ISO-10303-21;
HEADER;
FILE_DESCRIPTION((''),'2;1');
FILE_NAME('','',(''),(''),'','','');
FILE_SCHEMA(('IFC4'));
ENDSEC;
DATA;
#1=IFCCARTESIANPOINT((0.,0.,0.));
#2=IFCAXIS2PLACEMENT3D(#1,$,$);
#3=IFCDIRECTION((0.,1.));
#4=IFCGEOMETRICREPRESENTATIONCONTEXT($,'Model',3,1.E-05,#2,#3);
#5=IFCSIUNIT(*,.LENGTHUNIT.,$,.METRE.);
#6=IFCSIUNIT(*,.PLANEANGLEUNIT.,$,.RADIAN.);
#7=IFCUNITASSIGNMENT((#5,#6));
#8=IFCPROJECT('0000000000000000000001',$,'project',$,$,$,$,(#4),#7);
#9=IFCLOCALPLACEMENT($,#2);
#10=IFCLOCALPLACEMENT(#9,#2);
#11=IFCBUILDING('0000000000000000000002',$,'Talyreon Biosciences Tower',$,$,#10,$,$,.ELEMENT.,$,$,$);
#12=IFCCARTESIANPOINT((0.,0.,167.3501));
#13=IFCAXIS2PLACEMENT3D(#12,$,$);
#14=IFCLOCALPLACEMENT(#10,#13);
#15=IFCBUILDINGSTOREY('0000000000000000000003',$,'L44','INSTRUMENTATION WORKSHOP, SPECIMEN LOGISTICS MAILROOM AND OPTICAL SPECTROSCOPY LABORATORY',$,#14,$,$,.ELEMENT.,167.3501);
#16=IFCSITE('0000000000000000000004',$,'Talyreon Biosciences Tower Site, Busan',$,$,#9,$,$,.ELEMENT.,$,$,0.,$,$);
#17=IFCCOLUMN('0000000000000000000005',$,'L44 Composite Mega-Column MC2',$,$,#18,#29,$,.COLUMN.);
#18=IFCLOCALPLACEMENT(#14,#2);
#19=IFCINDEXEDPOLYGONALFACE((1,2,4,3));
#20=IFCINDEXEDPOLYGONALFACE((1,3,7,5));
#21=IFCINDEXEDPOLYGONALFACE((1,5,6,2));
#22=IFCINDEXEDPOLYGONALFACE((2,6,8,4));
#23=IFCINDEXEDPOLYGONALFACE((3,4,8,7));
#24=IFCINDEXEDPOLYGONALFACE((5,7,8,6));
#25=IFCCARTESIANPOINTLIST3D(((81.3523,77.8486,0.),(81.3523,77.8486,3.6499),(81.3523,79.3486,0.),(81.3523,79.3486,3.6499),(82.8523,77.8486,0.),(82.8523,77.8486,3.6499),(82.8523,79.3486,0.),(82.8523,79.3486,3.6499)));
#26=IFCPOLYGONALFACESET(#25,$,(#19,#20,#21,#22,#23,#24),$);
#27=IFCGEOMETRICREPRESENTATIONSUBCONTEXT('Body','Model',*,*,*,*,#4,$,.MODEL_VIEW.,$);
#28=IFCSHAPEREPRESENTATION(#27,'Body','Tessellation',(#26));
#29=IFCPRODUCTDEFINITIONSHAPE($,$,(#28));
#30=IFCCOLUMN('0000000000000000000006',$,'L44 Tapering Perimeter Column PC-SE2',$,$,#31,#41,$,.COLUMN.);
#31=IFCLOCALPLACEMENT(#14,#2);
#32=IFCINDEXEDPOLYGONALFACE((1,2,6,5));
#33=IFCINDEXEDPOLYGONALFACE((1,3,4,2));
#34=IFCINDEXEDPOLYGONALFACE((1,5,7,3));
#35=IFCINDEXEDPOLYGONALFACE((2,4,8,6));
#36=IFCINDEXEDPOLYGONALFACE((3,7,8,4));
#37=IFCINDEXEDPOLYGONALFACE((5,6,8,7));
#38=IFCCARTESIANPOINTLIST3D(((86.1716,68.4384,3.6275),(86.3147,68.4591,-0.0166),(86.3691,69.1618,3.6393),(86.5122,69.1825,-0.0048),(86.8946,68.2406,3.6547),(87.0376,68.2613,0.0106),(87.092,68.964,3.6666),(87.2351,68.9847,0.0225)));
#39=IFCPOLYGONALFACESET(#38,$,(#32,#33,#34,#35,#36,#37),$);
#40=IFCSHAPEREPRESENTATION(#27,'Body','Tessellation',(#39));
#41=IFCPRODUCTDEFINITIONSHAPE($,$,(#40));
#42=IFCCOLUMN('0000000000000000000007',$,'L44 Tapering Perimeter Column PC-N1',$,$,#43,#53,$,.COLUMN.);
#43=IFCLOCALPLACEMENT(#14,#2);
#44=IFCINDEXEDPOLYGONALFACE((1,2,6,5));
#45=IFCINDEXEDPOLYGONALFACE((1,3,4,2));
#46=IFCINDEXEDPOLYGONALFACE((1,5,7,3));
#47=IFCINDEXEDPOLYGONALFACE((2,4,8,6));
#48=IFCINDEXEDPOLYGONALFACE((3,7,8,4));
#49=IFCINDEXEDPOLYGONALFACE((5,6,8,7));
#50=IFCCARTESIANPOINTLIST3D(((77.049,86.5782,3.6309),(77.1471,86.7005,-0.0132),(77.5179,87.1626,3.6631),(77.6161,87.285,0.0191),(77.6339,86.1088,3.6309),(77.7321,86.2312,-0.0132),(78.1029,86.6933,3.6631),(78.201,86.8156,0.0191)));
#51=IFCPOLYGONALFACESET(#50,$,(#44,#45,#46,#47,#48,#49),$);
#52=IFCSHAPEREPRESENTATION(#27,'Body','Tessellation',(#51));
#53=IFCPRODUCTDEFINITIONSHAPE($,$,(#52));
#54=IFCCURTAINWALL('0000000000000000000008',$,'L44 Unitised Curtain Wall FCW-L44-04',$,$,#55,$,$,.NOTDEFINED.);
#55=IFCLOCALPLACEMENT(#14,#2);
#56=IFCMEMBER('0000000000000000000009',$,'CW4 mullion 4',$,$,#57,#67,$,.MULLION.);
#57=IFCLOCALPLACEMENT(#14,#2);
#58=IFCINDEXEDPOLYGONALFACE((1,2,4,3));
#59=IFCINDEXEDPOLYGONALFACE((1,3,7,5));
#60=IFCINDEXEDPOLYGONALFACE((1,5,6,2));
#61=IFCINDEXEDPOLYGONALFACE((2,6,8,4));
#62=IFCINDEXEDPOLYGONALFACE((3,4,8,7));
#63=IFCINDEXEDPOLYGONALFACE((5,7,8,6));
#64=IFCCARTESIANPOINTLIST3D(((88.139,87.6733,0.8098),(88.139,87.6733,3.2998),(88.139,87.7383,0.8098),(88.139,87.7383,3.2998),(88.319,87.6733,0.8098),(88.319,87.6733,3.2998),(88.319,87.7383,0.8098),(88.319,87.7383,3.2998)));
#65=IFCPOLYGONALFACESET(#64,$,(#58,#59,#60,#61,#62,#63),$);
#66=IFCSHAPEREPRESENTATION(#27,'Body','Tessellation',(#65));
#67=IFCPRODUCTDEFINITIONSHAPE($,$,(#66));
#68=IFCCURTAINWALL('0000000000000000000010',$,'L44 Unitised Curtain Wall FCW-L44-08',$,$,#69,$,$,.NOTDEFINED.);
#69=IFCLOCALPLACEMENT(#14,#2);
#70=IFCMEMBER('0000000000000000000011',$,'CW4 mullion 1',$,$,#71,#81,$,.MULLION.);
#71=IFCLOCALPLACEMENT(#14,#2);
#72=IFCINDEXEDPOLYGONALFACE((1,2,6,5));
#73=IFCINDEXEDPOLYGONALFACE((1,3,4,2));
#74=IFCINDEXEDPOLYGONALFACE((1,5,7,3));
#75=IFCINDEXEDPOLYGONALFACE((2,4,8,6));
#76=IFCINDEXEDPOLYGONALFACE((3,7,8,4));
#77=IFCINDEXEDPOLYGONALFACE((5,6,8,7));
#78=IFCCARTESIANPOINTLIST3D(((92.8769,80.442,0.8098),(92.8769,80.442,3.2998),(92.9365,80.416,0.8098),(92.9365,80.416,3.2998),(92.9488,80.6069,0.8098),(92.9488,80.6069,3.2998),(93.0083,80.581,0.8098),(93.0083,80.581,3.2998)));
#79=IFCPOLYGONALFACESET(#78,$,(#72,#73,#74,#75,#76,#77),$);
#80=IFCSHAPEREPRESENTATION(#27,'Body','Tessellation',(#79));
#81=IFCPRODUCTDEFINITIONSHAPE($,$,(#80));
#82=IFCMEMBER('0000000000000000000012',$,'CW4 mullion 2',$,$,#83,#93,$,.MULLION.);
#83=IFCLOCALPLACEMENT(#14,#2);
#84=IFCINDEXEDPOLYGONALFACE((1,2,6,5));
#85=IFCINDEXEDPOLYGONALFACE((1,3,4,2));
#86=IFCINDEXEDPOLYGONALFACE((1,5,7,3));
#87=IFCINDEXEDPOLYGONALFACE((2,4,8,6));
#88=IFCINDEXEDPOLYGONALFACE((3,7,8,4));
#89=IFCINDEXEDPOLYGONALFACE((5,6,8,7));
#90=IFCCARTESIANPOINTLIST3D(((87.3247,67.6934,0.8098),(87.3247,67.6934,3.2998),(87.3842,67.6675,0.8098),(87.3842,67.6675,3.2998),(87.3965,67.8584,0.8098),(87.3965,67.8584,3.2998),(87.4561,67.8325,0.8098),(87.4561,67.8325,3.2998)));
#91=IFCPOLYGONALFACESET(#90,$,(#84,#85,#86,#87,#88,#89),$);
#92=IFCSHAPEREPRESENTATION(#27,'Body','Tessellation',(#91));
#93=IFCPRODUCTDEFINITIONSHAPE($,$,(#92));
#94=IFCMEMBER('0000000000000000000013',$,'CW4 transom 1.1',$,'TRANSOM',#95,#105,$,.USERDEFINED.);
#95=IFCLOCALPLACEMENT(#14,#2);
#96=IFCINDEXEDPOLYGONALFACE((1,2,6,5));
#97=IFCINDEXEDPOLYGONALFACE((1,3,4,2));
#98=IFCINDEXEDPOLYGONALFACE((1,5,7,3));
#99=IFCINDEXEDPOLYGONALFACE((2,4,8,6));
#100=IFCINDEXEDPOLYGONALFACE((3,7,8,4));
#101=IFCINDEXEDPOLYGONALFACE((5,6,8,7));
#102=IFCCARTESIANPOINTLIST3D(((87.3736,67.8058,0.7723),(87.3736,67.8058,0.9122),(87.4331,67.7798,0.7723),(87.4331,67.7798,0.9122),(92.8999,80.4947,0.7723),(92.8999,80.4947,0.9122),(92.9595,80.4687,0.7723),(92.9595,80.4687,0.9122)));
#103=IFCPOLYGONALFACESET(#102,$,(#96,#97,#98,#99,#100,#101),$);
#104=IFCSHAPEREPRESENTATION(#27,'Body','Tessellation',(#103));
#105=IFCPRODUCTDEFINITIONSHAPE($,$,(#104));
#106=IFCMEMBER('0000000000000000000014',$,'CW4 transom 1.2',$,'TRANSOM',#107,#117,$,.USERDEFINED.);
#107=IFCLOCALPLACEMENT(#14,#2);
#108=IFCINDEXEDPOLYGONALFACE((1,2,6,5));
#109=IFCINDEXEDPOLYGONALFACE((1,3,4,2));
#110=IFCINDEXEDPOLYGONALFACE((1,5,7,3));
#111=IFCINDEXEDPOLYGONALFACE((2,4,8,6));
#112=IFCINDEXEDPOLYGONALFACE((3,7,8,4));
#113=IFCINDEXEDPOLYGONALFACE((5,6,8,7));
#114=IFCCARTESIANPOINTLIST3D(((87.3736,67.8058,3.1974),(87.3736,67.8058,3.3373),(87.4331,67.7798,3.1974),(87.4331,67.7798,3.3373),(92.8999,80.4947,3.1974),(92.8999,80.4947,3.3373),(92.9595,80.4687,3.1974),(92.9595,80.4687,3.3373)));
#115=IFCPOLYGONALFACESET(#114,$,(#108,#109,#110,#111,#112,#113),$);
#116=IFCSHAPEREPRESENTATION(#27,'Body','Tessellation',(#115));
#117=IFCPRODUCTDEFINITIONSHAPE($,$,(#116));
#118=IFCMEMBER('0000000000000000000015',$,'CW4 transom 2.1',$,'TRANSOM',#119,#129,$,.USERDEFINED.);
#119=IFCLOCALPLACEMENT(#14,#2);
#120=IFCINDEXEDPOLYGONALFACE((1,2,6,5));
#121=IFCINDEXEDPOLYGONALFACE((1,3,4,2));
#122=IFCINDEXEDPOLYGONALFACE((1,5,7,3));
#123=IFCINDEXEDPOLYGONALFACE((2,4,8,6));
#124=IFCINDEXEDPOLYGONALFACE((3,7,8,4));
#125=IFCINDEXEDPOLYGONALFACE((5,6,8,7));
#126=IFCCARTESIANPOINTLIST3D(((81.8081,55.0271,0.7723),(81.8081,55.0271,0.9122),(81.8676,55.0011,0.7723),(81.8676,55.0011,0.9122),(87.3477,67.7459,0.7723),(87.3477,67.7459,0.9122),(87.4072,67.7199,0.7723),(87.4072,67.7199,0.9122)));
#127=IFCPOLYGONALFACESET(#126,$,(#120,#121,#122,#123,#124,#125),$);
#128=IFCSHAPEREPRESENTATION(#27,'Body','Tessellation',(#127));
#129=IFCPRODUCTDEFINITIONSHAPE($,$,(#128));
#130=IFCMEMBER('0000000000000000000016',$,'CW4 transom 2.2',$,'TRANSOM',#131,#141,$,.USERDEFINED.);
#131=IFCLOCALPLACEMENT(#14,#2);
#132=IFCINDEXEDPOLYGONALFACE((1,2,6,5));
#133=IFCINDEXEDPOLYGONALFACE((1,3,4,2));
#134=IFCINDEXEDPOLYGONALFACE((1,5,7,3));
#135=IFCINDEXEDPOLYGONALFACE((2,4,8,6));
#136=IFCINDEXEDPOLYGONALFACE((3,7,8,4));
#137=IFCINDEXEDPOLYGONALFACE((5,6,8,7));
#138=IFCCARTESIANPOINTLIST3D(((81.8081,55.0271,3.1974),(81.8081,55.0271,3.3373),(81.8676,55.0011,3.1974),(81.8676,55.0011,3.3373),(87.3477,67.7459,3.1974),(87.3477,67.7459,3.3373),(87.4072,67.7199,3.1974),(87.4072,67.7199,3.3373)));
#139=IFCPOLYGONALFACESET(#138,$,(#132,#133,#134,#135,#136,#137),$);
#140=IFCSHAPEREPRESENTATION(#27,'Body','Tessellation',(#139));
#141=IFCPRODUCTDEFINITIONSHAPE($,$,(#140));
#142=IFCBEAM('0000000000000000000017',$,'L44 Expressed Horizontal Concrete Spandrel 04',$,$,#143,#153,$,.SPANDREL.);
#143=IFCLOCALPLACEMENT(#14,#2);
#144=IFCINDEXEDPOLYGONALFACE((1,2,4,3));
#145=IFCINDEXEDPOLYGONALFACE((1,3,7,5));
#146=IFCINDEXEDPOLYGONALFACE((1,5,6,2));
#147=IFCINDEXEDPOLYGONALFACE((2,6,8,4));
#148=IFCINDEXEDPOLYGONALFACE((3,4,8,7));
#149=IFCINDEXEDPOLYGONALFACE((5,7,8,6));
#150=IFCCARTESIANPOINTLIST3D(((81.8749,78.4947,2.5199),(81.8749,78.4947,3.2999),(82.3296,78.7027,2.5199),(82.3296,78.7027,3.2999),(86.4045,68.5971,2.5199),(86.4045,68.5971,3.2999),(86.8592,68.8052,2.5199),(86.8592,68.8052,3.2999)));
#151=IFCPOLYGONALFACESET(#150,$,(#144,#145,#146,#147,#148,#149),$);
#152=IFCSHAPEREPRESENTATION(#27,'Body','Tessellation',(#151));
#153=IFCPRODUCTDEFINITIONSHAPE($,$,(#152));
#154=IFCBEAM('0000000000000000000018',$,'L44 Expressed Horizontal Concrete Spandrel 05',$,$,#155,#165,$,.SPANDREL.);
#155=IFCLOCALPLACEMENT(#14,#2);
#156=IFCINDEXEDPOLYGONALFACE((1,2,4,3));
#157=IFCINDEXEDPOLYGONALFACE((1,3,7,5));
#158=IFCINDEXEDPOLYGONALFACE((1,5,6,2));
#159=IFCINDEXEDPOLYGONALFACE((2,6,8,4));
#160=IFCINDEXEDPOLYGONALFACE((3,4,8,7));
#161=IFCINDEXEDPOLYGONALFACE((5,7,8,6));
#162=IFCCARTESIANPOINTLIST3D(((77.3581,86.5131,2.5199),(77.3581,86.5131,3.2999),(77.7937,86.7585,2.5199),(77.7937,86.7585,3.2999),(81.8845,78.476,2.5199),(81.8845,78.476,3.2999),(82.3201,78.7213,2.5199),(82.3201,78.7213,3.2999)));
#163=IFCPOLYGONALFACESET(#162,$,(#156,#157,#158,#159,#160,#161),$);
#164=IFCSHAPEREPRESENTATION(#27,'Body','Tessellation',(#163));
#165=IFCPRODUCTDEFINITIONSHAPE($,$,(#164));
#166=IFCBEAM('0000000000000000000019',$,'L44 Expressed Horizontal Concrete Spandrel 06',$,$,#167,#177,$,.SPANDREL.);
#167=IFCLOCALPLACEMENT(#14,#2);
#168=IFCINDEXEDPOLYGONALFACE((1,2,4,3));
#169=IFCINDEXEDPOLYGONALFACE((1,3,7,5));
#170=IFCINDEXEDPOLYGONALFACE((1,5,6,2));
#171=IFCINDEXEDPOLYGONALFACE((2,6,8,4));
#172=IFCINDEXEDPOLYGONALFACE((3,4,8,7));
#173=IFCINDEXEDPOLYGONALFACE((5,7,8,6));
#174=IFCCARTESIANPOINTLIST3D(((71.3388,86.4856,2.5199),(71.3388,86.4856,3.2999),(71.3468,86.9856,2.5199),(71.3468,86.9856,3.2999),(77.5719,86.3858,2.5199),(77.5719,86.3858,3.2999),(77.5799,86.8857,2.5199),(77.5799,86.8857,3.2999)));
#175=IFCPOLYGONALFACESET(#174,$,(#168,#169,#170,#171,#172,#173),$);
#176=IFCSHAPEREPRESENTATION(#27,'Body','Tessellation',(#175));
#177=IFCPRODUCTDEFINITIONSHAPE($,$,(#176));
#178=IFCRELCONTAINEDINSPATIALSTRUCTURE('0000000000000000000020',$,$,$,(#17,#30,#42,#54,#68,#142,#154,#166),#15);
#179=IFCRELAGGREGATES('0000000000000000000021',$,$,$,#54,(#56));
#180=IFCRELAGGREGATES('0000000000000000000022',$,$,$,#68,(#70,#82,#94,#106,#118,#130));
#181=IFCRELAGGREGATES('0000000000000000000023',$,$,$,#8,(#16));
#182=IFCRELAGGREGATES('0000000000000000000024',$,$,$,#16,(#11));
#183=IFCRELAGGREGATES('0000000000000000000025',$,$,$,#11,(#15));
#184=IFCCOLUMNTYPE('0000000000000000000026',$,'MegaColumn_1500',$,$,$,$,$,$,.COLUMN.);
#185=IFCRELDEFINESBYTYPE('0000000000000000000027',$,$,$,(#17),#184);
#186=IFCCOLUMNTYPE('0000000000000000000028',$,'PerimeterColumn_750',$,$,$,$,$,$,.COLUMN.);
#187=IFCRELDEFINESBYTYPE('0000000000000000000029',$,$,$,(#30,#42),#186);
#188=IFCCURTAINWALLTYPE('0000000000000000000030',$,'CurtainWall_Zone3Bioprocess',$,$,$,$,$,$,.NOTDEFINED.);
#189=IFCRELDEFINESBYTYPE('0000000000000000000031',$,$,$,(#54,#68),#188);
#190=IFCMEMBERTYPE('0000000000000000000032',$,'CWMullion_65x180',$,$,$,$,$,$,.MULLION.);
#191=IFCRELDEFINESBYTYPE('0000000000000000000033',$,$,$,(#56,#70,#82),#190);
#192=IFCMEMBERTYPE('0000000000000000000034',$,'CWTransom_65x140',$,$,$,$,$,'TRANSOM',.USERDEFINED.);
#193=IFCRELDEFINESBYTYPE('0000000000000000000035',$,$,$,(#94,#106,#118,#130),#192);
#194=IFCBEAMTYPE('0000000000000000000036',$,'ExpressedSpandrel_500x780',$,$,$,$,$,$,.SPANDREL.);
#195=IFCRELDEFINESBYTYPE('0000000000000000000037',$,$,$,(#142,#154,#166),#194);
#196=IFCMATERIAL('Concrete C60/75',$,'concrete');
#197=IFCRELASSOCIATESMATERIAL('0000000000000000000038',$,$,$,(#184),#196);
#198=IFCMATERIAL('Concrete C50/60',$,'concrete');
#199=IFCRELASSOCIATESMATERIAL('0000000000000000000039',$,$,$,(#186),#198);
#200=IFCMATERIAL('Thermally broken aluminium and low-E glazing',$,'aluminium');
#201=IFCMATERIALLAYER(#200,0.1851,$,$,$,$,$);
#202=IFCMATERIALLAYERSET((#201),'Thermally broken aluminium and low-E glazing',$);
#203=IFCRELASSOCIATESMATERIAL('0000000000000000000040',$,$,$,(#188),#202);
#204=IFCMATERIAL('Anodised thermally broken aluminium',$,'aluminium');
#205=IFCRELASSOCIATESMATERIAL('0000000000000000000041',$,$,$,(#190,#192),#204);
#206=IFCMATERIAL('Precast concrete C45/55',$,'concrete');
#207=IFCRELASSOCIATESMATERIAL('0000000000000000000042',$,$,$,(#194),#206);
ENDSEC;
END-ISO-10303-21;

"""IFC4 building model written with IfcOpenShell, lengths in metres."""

from ifc_helpers import new_model, si_unit, direction, frame, origin, origin_2d, place, context, subcontext, project, spatial, rectangle, extrude, material, layer, layer_set, material_profile, profile_set, type_object, element, aggregate, save


model = new_model("IFC4")

# Units and contexts
model_context = context("Model", 3, precision=1e-05, world=origin(), true_north=direction((0.0, 1.0)))
body_context = subcontext(model_context, "Body", "Model", "MODEL_VIEW")
ifc_project = project(units=[si_unit("LENGTHUNIT", "METRE"), si_unit("PLANEANGLEUNIT", "RADIAN")], contexts=[model_context])

# Site, building, storey
site_placement = place(None, origin())
site = spatial("IfcSite", under=ifc_project, at=site_placement, Name="Talyreon Biosciences Tower Site, Busan", CompositionType="ELEMENT", RefElevation=0.0)
building_placement = place(site_placement, origin())
building = spatial("IfcBuilding", under=site, at=building_placement, Name="Talyreon Biosciences Tower", CompositionType="ELEMENT")
storey_placement = place(building_placement, frame((0.0, 0.0, 167.3501)))
storey = spatial("IfcBuildingStorey", under=building, at=storey_placement, Name="L44", Description="INSTRUMENTATION WORKSHOP, SPECIMEN LOGISTICS MAILROOM AND OPTICAL SPECTROSCOPY LABORATORY", CompositionType="ELEMENT", Elevation=167.3501)

# Columns
ifc_material_1 = material(Name="Concrete C60/75", Category="concrete")
ifc_material_profile_1 = material_profile(ifc_material_1, rectangle(XDim=1.5, YDim=1.5, at=origin_2d()), Name="RC 1500x1500")
ifc_profile_set_1 = profile_set([ifc_material_profile_1], Name="Concrete C60/75")
column_type_1 = type_object("IfcColumnType", Name="MegaColumn_1500", PredefinedType="COLUMN", material=ifc_profile_set_1)
column_1_placement = place(storey_placement, frame((82.1023, 78.5986, 0.0), z_axis=(0.0, 0.0, 1.0), x_axis=(1.0, 0.0, 0.0)))
element("IfcColumn", 1, at=column_1_placement, inside=storey, type_object=column_type_1, Name="L44 Composite Mega-Column MC2", PredefinedType="COLUMN", context=body_context, shape_type="SweptSolid", body=[
    extrude(rectangle(XDim=1.5, YDim=1.5, at=origin_2d()), origin(), (0.0, 0.0, 1.0), 3.6499),
])
ifc_material_2 = material(Name="Concrete C50/60", Category="concrete")
ifc_material_profile_2 = material_profile(ifc_material_2, rectangle(XDim=0.75, YDim=0.75, at=origin_2d()), Name="RC 750x750")
ifc_profile_set_2 = profile_set([ifc_material_profile_2], Name="Concrete C50/60")
column_type_2 = type_object("IfcColumnType", Name="PerimeterColumn_750", PredefinedType="COLUMN", material=ifc_profile_set_2)
column_2_placement = place(storey_placement, frame((86.7749, 68.7219, 0.0029), z_axis=(-0.039229, -0.00569, 0.999214), x_axis=(0.96391, -0.263736, 0.036342)))
element("IfcColumn", 2, at=column_2_placement, inside=storey, type_object=column_type_2, Name="L44 Tapering Perimeter Column PC-SE2", PredefinedType="COLUMN", context=body_context, shape_type="SweptSolid", body=[
    extrude(rectangle(XDim=0.75, YDim=0.75, at=origin_2d()), origin(), (0.0, 0.0, 1.0), 3.647),
])
column_3_placement = place(storey_placement, frame((77.6741, 86.7581, 0.0029), z_axis=(-0.026908, -0.033535, 0.999075), x_axis=(-0.779957, 0.625834, 0.0)))
element("IfcColumn", 3, at=column_3_placement, inside=storey, type_object=column_type_2, Name="L44 Tapering Perimeter Column PC-N1", PredefinedType="COLUMN", context=body_context, shape_type="SweptSolid", body=[
    extrude(rectangle(XDim=0.75, YDim=0.75, at=origin_2d()), origin(), (0.0, 0.0, 1.0), 3.6475),
])

# Curtain wall, member
ifc_material_3 = material(Name="Thermally broken aluminium and low-E glazing", Category="aluminium")
ifc_layer_1 = layer(ifc_material_3, 0.1851)
ifc_layer_set_1 = layer_set([ifc_layer_1], Name="Thermally broken aluminium and low-E glazing")
curtain_wall_type = type_object("IfcCurtainWallType", Name="CurtainWall_Zone3Bioprocess", PredefinedType="NOTDEFINED", material=ifc_layer_set_1)
curtain_wall_1_placement = place(storey_placement, origin())
curtain_wall_1 = element("IfcCurtainWall", 4, at=curtain_wall_1_placement, inside=storey, type_object=curtain_wall_type, Name="L44 Unitised Curtain Wall FCW-L44-04", PredefinedType="NOTDEFINED")
ifc_material_4 = material(Name="Anodised thermally broken aluminium", Category="aluminium")
ifc_material_profile_3 = material_profile(ifc_material_4, rectangle(XDim=0.0649, YDim=0.1799, at=origin_2d()), Name="ALUM MULLION 65x180")
ifc_profile_set_3 = profile_set([ifc_material_profile_3], Name="Anodised thermally broken aluminium")
member_type_1 = type_object("IfcMemberType", Name="CWMullion_65x180", PredefinedType="MULLION", material=ifc_profile_set_3)
member_1_placement = place(storey_placement, frame((88.229, 87.7058, 0.8098), z_axis=(0.0, 0.0, 1.0), x_axis=(0.0, 1.0, 0.0)))
member_1 = element("IfcMember", 5, at=member_1_placement, type_object=member_type_1, Name="CW4 mullion 4", PredefinedType="MULLION", context=body_context, shape_type="SweptSolid", body=[
    extrude(rectangle(XDim=0.0649, YDim=0.1799, at=origin_2d()), origin(), (0.0, 0.0, 1.0), 2.49),
])

# Curtain wall, members
curtain_wall_2_placement = place(storey_placement, origin())
curtain_wall_2 = element("IfcCurtainWall", 6, at=curtain_wall_2_placement, inside=storey, type_object=curtain_wall_type, Name="L44 Unitised Curtain Wall FCW-L44-08", PredefinedType="NOTDEFINED")
member_2_placement = place(storey_placement, frame((92.9426, 80.5115, 0.8098), z_axis=(0.0, 0.0, 1.0), x_axis=(0.91682, -0.3993, 0.0)))
member_2 = element("IfcMember", 7, at=member_2_placement, type_object=member_type_1, Name="CW4 mullion 1", PredefinedType="MULLION", context=body_context, shape_type="SweptSolid", body=[
    extrude(rectangle(XDim=0.0649, YDim=0.1799, at=origin_2d()), origin(), (0.0, 0.0, 1.0), 2.49),
])
member_3_placement = place(storey_placement, frame((87.3904, 67.7629, 0.8098), z_axis=(0.0, 0.0, 1.0), x_axis=(0.91682, -0.3993, 0.0)))
member_3 = element("IfcMember", 8, at=member_3_placement, type_object=member_type_1, Name="CW4 mullion 2", PredefinedType="MULLION", context=body_context, shape_type="SweptSolid", body=[
    extrude(rectangle(XDim=0.0649, YDim=0.1799, at=origin_2d()), origin(), (0.0, 0.0, 1.0), 2.49),
])
ifc_material_profile_4 = material_profile(ifc_material_4, rectangle(XDim=0.0649, YDim=0.1399, at=origin_2d()), Name="ALUM TRANSOM 65x140")
ifc_profile_set_4 = profile_set([ifc_material_profile_4], Name="Anodised thermally broken aluminium")
member_type_2 = type_object("IfcMemberType", Name="CWTransom_65x140", ElementType="TRANSOM", PredefinedType="USERDEFINED", material=ifc_profile_set_4)
member_4_placement = place(storey_placement, frame((92.9297, 80.4817, 0.8423), z_axis=(-0.399299, -0.916821, 0.0), x_axis=(0.916821, -0.399299, 0.0)))
member_4 = element("IfcMember", 9, at=member_4_placement, type_object=member_type_2, Name="CW4 transom 1.1", ObjectType="TRANSOM", PredefinedType="USERDEFINED", context=body_context, shape_type="SweptSolid", body=[
    extrude(rectangle(XDim=0.0649, YDim=0.1399, at=origin_2d()), origin(), (0.0, 0.0, 1.0), 13.8401),
])
member_5_placement = place(storey_placement, frame((92.9297, 80.4817, 3.2673), z_axis=(-0.399299, -0.916821, 0.0), x_axis=(0.916821, -0.399299, 0.0)))
member_5 = element("IfcMember", 10, at=member_5_placement, type_object=member_type_2, Name="CW4 transom 1.2", ObjectType="TRANSOM", PredefinedType="USERDEFINED", context=body_context, shape_type="SweptSolid", body=[
    extrude(rectangle(XDim=0.0649, YDim=0.1399, at=origin_2d()), origin(), (0.0, 0.0, 1.0), 13.8401),
])
member_6_placement = place(storey_placement, frame((87.3774, 67.7329, 0.8423), z_axis=(-0.399312, -0.916815, 0.0), x_axis=(0.916815, -0.399312, 0.0)))
member_6 = element("IfcMember", 11, at=member_6_placement, type_object=member_type_2, Name="CW4 transom 2.1", ObjectType="TRANSOM", PredefinedType="USERDEFINED", context=body_context, shape_type="SweptSolid", body=[
    extrude(rectangle(XDim=0.0649, YDim=0.1399, at=origin_2d()), origin(), (0.0, 0.0, 1.0), 13.8728),
])
member_7_placement = place(storey_placement, frame((87.3774, 67.7329, 3.2673), z_axis=(-0.399312, -0.916815, 0.0), x_axis=(0.916815, -0.399312, 0.0)))
member_7 = element("IfcMember", 12, at=member_7_placement, type_object=member_type_2, Name="CW4 transom 2.2", ObjectType="TRANSOM", PredefinedType="USERDEFINED", context=body_context, shape_type="SweptSolid", body=[
    extrude(rectangle(XDim=0.0649, YDim=0.1399, at=origin_2d()), origin(), (0.0, 0.0, 1.0), 13.8728),
])

# Beams
ifc_material_5 = material(Name="Precast concrete C45/55", Category="concrete")
ifc_material_profile_5 = material_profile(ifc_material_5, rectangle(XDim=0.5, YDim=0.78, at=origin_2d()), Name="RCB 500x780")
ifc_profile_set_5 = profile_set([ifc_material_profile_5], Name="Precast concrete C45/55")
beam_type_1 = type_object("IfcBeamType", Name="ExpressedSpandrel_500x780", PredefinedType="SPANDREL", material=ifc_profile_set_5)
beam_1_placement = place(storey_placement, frame((86.6318, 68.7012, 2.9099), z_axis=(-0.416139, 0.909301, 0.0), x_axis=(-0.909301, -0.416139, 0.0)))
element("IfcBeam", 13, at=beam_1_placement, inside=storey, type_object=beam_type_1, Name="L44 Expressed Horizontal Concrete Spandrel 04", PredefinedType="SPANDREL", context=body_context, shape_type="SweptSolid", body=[
    extrude(rectangle(XDim=0.5, YDim=0.78, at=origin_2d()), origin(), (0.0, 0.0, 1.0), 10.8848),
])
beam_2_placement = place(storey_placement, frame((82.1023, 78.5986, 2.9099), z_axis=(-0.490714, 0.871321, 0.0), x_axis=(-0.871321, -0.490714, 0.0)))
element("IfcBeam", 14, at=beam_2_placement, inside=storey, type_object=beam_type_1, Name="L44 Expressed Horizontal Concrete Spandrel 05", PredefinedType="SPANDREL", context=body_context, shape_type="SweptSolid", body=[
    extrude(rectangle(XDim=0.5, YDim=0.78, at=origin_2d()), origin(), (0.0, 0.0, 1.0), 9.2241),
])
beam_3_placement = place(storey_placement, frame((77.5759, 86.6357, 2.9099), z_axis=(-0.999872, 0.016018, 0.0), x_axis=(-0.016018, -0.999872, 0.0)))
element("IfcBeam", 15, at=beam_3_placement, inside=storey, type_object=beam_type_1, Name="L44 Expressed Horizontal Concrete Spandrel 06", PredefinedType="SPANDREL", context=body_context, shape_type="SweptSolid", body=[
    extrude(rectangle(XDim=0.5, YDim=0.78, at=origin_2d()), origin(), (0.0, 0.0, 1.0), 6.2339),
])

aggregate(curtain_wall_1, [member_1])
aggregate(curtain_wall_2, [member_2, member_3, member_4, member_5, member_6, member_7])

save(model, "model.ifc")
